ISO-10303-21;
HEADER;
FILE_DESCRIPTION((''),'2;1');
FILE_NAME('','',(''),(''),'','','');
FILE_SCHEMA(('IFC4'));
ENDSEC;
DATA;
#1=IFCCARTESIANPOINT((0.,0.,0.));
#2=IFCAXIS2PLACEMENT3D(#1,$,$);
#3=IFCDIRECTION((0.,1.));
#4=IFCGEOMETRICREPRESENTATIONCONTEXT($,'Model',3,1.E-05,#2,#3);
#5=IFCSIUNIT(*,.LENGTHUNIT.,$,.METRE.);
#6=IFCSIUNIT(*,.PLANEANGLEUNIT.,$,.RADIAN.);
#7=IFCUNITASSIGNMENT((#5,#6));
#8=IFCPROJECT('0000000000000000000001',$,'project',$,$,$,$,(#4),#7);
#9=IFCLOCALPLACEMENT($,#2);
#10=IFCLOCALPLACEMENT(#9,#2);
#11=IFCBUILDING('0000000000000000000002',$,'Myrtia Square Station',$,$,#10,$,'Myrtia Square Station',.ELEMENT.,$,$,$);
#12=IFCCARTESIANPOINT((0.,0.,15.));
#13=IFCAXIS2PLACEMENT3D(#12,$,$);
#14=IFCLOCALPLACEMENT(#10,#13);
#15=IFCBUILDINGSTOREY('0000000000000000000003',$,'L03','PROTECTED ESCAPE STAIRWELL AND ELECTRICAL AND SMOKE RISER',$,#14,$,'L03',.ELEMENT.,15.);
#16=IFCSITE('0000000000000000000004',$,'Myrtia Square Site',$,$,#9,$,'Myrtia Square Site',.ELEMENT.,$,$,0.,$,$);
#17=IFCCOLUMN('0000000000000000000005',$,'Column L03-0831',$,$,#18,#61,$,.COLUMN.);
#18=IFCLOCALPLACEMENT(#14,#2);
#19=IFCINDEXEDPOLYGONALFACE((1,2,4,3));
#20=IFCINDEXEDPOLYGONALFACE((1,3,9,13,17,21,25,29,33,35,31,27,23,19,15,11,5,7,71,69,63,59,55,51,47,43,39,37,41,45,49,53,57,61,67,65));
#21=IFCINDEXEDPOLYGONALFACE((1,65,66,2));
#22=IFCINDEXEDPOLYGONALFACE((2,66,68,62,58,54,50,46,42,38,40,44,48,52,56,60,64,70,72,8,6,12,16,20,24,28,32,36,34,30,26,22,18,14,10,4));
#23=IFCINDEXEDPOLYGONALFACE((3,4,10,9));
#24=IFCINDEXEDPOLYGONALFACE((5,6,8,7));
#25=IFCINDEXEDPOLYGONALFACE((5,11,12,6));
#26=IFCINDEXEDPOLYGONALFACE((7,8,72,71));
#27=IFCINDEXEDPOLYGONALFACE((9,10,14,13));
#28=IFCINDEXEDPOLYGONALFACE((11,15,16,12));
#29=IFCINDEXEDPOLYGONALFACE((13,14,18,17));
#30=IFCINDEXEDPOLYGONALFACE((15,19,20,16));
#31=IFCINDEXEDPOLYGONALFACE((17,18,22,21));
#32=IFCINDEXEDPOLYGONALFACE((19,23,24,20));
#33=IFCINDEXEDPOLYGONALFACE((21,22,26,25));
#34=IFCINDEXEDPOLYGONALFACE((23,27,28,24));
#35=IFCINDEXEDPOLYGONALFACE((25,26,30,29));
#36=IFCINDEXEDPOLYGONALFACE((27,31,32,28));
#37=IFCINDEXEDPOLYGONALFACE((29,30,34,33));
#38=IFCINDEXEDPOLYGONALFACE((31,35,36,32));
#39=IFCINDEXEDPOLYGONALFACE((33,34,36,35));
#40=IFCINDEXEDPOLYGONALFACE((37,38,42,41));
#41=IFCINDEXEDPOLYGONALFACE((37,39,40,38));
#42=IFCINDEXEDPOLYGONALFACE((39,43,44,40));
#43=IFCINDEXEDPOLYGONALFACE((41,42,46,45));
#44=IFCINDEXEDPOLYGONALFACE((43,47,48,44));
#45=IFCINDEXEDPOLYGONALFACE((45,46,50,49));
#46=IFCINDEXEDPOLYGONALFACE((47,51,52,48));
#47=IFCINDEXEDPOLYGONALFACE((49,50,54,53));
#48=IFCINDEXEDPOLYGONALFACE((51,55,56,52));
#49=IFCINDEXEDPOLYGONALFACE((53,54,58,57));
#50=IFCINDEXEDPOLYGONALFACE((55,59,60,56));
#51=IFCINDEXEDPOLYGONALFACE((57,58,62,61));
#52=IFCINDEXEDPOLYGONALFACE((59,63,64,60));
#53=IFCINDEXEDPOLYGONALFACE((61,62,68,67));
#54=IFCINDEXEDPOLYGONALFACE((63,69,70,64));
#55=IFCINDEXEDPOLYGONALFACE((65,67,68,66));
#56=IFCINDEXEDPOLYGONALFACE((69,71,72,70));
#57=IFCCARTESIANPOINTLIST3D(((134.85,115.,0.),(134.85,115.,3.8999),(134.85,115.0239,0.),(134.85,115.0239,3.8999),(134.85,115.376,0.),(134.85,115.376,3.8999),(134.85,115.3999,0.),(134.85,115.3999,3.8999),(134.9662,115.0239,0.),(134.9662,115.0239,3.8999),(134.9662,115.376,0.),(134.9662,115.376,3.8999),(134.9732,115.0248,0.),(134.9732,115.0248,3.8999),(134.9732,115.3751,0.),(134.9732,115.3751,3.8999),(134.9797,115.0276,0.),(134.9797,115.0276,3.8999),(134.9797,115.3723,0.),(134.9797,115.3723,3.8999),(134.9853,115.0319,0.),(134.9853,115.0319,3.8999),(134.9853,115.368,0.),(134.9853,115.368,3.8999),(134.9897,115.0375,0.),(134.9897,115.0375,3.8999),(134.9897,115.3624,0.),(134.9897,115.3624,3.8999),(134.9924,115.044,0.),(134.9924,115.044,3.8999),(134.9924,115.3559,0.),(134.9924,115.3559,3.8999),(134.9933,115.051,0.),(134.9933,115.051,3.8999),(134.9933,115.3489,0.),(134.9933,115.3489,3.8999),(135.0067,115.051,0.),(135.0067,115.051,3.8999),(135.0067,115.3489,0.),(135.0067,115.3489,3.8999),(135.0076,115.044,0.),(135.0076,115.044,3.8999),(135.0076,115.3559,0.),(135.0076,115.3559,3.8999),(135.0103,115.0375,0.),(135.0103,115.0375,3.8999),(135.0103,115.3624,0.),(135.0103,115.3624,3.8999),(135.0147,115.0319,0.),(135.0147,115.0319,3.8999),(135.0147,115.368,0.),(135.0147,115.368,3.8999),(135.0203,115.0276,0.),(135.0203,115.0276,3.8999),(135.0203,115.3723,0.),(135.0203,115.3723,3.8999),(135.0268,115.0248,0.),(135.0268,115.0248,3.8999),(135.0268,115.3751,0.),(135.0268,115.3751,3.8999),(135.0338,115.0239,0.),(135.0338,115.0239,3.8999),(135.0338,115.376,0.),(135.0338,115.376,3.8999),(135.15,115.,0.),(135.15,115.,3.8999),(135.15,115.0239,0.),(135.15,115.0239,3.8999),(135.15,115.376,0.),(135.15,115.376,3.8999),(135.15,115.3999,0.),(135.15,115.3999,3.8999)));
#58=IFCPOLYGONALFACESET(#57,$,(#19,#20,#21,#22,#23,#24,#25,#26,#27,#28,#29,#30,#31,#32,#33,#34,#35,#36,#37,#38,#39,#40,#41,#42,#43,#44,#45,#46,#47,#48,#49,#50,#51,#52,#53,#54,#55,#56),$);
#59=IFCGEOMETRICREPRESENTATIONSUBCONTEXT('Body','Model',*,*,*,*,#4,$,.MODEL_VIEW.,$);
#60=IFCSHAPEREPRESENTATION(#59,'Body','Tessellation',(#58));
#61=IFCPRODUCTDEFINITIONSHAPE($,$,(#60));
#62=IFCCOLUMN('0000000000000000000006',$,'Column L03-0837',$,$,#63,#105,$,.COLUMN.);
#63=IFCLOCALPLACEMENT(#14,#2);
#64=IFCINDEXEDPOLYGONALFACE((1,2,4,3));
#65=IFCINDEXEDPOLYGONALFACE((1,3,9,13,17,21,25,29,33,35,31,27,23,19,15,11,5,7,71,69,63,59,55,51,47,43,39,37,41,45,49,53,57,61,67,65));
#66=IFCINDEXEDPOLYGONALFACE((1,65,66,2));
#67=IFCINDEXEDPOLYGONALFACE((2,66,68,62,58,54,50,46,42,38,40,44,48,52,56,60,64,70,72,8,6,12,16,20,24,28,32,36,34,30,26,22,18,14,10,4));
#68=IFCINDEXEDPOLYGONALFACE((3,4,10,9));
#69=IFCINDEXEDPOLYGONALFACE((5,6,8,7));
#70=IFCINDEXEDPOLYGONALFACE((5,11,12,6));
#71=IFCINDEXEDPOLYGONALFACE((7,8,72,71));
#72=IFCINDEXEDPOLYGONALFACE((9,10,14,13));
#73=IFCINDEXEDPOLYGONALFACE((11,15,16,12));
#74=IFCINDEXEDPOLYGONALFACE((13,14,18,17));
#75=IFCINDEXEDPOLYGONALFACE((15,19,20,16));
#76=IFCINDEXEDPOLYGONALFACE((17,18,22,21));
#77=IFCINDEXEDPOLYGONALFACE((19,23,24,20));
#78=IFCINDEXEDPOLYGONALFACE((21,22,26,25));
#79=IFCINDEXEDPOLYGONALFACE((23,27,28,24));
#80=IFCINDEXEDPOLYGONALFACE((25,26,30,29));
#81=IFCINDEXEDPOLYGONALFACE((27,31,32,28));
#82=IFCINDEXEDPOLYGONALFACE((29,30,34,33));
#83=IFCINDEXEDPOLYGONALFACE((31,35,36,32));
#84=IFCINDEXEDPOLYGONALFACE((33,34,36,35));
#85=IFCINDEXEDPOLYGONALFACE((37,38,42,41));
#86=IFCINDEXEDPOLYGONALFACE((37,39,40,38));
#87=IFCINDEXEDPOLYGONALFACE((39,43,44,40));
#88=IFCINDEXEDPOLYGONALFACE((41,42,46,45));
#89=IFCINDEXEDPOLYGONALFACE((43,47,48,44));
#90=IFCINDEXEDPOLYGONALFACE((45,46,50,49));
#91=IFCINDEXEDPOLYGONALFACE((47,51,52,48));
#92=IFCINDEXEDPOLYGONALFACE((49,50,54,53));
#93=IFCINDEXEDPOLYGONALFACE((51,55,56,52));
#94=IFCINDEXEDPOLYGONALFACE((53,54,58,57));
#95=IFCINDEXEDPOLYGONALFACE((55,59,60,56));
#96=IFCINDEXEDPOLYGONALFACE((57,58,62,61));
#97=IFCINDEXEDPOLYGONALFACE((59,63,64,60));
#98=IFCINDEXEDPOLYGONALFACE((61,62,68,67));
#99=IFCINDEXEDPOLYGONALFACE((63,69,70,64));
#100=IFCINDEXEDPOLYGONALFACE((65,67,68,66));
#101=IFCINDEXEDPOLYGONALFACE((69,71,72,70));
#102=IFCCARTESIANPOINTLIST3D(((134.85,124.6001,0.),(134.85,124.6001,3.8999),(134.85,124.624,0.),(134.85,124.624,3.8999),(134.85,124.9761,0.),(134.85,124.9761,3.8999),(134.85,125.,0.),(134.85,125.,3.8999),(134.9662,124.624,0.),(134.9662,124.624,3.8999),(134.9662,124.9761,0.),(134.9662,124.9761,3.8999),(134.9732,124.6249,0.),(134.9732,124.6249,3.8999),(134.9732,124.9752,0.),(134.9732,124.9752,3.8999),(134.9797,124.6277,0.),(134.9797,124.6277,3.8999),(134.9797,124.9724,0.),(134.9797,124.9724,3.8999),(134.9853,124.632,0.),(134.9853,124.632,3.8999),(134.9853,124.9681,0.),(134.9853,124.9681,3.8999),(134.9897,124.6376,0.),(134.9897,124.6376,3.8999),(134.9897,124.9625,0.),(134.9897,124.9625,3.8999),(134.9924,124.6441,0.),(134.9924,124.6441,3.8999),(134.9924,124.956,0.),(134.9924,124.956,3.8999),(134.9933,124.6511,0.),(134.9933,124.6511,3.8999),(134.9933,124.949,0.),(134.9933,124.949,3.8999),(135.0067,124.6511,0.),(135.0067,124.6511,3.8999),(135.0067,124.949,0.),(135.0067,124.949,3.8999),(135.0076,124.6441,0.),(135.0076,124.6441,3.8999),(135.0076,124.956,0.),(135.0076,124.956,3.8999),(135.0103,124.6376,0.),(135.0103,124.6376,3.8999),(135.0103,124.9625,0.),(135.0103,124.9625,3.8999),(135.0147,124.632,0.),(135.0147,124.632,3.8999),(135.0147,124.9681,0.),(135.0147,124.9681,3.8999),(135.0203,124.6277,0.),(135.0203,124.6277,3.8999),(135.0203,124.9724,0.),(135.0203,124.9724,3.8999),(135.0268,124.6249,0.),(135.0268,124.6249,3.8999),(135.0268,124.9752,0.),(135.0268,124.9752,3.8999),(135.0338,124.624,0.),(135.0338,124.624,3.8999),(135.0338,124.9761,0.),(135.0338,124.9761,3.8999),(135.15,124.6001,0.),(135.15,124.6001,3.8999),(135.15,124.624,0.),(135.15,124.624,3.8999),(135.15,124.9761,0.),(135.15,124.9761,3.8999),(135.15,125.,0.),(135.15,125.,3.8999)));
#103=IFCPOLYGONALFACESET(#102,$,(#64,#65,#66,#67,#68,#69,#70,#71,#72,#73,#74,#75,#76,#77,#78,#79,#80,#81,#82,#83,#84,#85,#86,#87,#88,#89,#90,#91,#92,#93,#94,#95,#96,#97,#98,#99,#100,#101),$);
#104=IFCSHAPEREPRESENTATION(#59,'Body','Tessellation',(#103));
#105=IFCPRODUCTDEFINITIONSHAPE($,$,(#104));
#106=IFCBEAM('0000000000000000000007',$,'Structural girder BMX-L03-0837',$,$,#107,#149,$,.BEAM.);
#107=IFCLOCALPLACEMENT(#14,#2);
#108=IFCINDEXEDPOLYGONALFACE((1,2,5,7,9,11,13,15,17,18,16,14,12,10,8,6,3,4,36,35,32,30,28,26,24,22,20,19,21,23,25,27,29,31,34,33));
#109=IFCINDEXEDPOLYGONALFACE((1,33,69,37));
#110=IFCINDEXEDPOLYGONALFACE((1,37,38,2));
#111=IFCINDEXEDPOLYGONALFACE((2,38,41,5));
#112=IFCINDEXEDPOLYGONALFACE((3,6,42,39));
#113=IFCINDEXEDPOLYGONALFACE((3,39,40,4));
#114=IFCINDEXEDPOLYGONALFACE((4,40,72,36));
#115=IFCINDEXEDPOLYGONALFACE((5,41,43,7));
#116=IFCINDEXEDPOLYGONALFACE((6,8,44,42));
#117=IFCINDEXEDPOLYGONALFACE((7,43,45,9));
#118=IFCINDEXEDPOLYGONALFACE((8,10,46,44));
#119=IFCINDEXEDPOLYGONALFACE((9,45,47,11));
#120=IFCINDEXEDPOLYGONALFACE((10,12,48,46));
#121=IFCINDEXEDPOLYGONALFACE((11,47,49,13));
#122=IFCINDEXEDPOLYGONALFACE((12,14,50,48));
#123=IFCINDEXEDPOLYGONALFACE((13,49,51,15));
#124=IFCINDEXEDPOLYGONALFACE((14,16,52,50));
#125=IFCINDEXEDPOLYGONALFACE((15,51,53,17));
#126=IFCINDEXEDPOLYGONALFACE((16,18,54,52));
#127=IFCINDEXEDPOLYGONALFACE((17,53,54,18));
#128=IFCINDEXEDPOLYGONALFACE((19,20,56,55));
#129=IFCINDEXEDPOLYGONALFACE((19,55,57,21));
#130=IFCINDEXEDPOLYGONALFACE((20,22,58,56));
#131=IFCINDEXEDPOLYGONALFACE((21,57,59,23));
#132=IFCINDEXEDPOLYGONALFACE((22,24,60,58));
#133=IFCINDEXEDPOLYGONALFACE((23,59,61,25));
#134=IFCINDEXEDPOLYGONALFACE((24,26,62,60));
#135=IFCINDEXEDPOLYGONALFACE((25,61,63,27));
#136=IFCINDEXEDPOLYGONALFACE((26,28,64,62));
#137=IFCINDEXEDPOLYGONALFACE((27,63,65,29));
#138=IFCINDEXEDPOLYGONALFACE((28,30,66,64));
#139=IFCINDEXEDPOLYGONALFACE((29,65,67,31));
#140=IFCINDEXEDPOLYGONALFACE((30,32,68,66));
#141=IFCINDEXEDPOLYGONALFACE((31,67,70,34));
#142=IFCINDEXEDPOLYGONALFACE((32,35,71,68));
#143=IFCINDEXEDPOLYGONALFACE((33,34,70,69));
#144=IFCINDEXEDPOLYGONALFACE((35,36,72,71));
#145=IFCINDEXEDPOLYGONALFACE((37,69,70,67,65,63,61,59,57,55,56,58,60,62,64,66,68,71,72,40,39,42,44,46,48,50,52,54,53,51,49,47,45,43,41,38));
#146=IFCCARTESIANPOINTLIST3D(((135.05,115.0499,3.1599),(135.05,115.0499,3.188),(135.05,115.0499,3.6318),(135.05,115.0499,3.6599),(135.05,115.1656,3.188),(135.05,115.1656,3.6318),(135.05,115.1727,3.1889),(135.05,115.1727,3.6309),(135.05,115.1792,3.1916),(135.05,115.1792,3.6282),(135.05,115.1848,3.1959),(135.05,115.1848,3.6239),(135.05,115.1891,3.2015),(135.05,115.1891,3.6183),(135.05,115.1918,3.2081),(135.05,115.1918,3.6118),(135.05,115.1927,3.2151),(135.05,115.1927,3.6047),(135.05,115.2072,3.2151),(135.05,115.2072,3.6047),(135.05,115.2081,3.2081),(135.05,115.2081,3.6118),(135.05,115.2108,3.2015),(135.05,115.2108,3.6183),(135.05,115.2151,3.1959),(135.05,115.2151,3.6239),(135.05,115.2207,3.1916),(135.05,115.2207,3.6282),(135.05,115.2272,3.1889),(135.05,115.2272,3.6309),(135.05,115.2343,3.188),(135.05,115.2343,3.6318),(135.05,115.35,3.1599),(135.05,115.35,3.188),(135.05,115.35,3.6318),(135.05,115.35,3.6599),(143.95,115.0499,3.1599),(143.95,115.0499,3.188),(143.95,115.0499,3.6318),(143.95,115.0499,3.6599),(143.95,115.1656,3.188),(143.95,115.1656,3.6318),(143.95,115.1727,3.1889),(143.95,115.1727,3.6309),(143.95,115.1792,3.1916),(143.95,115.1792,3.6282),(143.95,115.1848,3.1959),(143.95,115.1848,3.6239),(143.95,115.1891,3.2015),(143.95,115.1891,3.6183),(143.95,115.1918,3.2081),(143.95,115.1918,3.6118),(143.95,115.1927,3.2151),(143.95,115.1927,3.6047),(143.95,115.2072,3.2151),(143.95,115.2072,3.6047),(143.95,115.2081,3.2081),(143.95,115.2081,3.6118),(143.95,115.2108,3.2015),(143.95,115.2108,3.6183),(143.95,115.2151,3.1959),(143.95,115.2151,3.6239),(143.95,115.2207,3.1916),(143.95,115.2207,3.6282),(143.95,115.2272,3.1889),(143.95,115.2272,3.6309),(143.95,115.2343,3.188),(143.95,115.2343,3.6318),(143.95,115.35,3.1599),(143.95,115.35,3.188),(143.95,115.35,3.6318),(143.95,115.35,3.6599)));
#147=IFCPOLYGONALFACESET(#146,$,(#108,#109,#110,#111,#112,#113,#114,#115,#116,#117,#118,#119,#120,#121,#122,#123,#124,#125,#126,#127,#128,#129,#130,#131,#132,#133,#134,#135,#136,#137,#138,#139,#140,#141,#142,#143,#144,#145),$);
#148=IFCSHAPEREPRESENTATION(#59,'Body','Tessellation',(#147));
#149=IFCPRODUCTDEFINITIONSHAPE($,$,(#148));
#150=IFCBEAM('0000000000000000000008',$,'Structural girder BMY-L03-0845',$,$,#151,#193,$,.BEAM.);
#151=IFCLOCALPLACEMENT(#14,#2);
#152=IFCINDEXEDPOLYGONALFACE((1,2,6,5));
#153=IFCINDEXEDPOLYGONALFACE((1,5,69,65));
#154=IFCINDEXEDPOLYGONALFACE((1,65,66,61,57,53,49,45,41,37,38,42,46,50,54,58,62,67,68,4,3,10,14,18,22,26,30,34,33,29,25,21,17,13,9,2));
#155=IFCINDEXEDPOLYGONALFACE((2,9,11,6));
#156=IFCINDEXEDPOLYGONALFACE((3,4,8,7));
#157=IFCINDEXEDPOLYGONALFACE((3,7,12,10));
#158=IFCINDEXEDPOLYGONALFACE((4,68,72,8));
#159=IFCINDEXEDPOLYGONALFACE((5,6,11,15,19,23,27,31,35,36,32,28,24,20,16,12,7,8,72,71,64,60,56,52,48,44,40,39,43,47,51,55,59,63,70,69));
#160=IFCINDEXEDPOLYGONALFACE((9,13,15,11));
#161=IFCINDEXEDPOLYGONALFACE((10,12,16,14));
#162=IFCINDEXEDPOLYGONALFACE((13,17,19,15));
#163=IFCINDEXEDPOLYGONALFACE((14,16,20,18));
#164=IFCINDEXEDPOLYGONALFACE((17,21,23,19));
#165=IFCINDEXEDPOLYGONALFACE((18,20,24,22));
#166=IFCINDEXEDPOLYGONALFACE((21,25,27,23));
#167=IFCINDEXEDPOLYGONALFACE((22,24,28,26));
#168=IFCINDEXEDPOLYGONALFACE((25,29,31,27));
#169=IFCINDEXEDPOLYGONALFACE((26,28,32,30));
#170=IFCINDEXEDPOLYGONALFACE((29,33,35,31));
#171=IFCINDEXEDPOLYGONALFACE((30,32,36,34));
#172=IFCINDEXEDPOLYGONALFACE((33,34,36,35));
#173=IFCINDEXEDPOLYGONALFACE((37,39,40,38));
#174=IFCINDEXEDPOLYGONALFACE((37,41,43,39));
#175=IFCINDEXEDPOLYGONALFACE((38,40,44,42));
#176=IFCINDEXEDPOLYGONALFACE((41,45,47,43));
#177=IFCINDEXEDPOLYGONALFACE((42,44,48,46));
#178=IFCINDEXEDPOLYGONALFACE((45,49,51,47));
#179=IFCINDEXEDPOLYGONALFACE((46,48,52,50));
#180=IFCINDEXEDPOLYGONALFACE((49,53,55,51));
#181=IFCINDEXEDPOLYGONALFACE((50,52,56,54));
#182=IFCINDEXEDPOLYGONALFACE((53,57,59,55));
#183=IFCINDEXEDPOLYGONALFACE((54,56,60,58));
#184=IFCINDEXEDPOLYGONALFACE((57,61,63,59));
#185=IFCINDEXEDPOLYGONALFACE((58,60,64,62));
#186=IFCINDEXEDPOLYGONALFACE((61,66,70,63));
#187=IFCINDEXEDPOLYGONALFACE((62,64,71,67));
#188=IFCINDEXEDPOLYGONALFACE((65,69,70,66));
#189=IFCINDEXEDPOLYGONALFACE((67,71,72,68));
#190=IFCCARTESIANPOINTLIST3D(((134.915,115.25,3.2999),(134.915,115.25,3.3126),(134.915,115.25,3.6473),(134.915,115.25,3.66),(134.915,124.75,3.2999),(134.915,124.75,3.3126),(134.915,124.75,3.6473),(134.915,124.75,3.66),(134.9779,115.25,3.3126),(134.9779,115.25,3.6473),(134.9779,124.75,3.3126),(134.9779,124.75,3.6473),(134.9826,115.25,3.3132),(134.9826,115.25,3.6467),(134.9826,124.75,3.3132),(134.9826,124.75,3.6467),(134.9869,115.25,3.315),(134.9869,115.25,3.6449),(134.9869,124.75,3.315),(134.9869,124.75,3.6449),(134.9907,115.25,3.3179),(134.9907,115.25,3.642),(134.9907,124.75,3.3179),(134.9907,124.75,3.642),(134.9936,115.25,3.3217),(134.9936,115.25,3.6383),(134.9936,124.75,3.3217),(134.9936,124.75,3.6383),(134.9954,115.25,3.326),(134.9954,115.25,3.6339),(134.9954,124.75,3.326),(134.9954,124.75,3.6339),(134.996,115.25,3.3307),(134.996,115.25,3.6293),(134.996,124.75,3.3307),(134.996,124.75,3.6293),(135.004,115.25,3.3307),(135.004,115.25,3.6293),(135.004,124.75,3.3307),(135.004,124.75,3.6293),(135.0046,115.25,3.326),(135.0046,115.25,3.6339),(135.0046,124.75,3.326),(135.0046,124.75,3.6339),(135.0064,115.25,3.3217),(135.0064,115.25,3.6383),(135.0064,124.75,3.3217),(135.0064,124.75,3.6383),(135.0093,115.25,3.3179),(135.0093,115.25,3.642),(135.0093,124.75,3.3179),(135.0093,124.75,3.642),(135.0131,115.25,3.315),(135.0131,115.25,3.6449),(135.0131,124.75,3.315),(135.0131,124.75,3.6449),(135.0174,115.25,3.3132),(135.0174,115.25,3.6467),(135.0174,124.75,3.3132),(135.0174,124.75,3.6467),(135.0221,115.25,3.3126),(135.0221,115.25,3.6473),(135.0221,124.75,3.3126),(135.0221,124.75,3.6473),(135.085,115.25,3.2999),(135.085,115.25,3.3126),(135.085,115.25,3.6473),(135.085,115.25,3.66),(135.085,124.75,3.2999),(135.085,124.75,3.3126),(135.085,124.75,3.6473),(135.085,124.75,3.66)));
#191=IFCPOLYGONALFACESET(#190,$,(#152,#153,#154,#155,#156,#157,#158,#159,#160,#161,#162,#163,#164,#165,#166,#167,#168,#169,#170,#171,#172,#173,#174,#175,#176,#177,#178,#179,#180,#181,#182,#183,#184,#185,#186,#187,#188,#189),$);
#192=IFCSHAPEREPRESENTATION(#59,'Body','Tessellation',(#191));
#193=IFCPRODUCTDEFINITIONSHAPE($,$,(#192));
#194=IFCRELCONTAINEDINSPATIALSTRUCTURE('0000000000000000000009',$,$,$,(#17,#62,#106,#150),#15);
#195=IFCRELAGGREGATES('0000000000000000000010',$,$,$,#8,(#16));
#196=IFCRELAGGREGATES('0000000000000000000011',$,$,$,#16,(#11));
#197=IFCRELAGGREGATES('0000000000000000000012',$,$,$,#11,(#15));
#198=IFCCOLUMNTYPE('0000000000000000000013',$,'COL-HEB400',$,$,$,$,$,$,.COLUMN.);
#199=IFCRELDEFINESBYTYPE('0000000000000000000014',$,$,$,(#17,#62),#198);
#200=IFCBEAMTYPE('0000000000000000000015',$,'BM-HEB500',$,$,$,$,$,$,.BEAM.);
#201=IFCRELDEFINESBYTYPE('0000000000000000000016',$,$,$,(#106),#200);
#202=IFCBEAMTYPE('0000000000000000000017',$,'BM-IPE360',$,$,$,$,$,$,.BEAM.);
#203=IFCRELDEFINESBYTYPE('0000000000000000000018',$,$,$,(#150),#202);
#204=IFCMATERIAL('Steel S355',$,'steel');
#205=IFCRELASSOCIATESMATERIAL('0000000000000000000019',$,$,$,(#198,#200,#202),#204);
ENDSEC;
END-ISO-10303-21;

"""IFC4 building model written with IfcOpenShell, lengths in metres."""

from ifc_helpers import new_model, si_unit, direction, frame, origin, origin_2d, place, context, subcontext, project, spatial, i_section, extrude, material, material_profile, profile_set, type_object, element, save


model = new_model("IFC4")

# Units and contexts
model_context = context("Model", 3, precision=1e-05, world=origin(), true_north=direction((0.0, 1.0)))
body_context = subcontext(model_context, "Body", "Model", "MODEL_VIEW")
ifc_project = project(units=[si_unit("LENGTHUNIT", "METRE"), si_unit("PLANEANGLEUNIT", "RADIAN")], contexts=[model_context])

# Site, building, storey
site_placement = place(None, origin())
site = spatial("IfcSite", under=ifc_project, at=site_placement, Name="Myrtia Square Site", LongName="Myrtia Square Site", CompositionType="ELEMENT", RefElevation=0.0)
building_placement = place(site_placement, origin())
building = spatial("IfcBuilding", under=site, at=building_placement, Name="Myrtia Square Station", LongName="Myrtia Square Station", CompositionType="ELEMENT")
storey_placement = place(building_placement, frame((0.0, 0.0, 15.0)))
storey = spatial("IfcBuildingStorey", under=building, at=storey_placement, Name="L03", Description="PROTECTED ESCAPE STAIRWELL AND ELECTRICAL AND SMOKE RISER", LongName="L03", CompositionType="ELEMENT", Elevation=15.0)

# Columns
ifc_material_1 = material(Name="Steel S355", Category="steel")
ifc_material_profile_1 = material_profile(ifc_material_1, i_section(OverallWidth=0.3, OverallDepth=0.3999, WebThickness=0.0134, FlangeThickness=0.0239, FilletRadius=0.0271, at=origin_2d()), Name="HEB 400")
ifc_profile_set_1 = profile_set([ifc_material_profile_1], Name="Steel S355")
column_type = type_object("IfcColumnType", Name="COL-HEB400", PredefinedType="COLUMN", material=ifc_profile_set_1)
for number, where, z_axis, x_axis, name in (
    (1, (135.0, 115.2, 0.0), (0.0, 0.0, 1.0), (1.0, 0.0, 0.0), "Column L03-0831"),
    (2, (135.0, 124.8, 0.0), (0.0, 0.0, 1.0), (1.0, 0.0, 0.0), "Column L03-0837"),
):
    element("IfcColumn", number, at=place(storey_placement, frame(where, z_axis=z_axis, x_axis=x_axis)), inside=storey, type_object=column_type, Name=name, PredefinedType="COLUMN", context=body_context, shape_type="SweptSolid", body=[
        extrude(i_section(OverallWidth=0.3, OverallDepth=0.3999, WebThickness=0.0134, FlangeThickness=0.0239, FilletRadius=0.0271, at=origin_2d()), origin(), (0.0, 0.0, 1.0), 3.8999),
    ])

# Beams
ifc_material_profile_2 = material_profile(ifc_material_1, i_section(OverallWidth=0.3, OverallDepth=0.5, WebThickness=0.0144, FlangeThickness=0.0281, FilletRadius=0.0271, at=origin_2d()), Name="HEB 500")
ifc_profile_set_2 = profile_set([ifc_material_profile_2], Name="Steel S355")
beam_type_1 = type_object("IfcBeamType", Name="BM-HEB500", PredefinedType="BEAM", material=ifc_profile_set_2)
beam_1_placement = place(storey_placement, frame((135.05, 115.2, 3.4099), z_axis=(1.0, 0.0, 0.0), x_axis=(0.0, 1.0, 0.0)))
element("IfcBeam", 3, at=beam_1_placement, inside=storey, type_object=beam_type_1, Name="Structural girder BMX-L03-0837", PredefinedType="BEAM", context=body_context, shape_type="SweptSolid", body=[
    extrude(i_section(OverallWidth=0.3, OverallDepth=0.5, WebThickness=0.0144, FlangeThickness=0.0281, FilletRadius=0.0271, at=origin_2d()), origin(), (0.0, 0.0, 1.0), 8.8999),
])
ifc_material_profile_3 = material_profile(ifc_material_1, i_section(OverallWidth=0.1699, OverallDepth=0.3601, WebThickness=0.0081, FlangeThickness=0.0127, FilletRadius=0.0181, at=origin_2d()), Name="IPE 360")
ifc_profile_set_3 = profile_set([ifc_material_profile_3], Name="Steel S355")
beam_type_2 = type_object("IfcBeamType", Name="BM-IPE360", PredefinedType="BEAM", material=ifc_profile_set_3)
beam_2_placement = place(storey_placement, frame((135.0, 115.25, 3.48), z_axis=(0.0, 1.0, 0.0), x_axis=(-1.0, 0.0, 0.0)))
element("IfcBeam", 4, at=beam_2_placement, inside=storey, type_object=beam_type_2, Name="Structural girder BMY-L03-0845", PredefinedType="BEAM", context=body_context, shape_type="SweptSolid", body=[
    extrude(i_section(OverallWidth=0.1699, OverallDepth=0.3601, WebThickness=0.0081, FlangeThickness=0.0127, FilletRadius=0.0181, at=origin_2d()), origin(), (0.0, 0.0, 1.0), 9.5),
])

save(model, "model.ifc")
